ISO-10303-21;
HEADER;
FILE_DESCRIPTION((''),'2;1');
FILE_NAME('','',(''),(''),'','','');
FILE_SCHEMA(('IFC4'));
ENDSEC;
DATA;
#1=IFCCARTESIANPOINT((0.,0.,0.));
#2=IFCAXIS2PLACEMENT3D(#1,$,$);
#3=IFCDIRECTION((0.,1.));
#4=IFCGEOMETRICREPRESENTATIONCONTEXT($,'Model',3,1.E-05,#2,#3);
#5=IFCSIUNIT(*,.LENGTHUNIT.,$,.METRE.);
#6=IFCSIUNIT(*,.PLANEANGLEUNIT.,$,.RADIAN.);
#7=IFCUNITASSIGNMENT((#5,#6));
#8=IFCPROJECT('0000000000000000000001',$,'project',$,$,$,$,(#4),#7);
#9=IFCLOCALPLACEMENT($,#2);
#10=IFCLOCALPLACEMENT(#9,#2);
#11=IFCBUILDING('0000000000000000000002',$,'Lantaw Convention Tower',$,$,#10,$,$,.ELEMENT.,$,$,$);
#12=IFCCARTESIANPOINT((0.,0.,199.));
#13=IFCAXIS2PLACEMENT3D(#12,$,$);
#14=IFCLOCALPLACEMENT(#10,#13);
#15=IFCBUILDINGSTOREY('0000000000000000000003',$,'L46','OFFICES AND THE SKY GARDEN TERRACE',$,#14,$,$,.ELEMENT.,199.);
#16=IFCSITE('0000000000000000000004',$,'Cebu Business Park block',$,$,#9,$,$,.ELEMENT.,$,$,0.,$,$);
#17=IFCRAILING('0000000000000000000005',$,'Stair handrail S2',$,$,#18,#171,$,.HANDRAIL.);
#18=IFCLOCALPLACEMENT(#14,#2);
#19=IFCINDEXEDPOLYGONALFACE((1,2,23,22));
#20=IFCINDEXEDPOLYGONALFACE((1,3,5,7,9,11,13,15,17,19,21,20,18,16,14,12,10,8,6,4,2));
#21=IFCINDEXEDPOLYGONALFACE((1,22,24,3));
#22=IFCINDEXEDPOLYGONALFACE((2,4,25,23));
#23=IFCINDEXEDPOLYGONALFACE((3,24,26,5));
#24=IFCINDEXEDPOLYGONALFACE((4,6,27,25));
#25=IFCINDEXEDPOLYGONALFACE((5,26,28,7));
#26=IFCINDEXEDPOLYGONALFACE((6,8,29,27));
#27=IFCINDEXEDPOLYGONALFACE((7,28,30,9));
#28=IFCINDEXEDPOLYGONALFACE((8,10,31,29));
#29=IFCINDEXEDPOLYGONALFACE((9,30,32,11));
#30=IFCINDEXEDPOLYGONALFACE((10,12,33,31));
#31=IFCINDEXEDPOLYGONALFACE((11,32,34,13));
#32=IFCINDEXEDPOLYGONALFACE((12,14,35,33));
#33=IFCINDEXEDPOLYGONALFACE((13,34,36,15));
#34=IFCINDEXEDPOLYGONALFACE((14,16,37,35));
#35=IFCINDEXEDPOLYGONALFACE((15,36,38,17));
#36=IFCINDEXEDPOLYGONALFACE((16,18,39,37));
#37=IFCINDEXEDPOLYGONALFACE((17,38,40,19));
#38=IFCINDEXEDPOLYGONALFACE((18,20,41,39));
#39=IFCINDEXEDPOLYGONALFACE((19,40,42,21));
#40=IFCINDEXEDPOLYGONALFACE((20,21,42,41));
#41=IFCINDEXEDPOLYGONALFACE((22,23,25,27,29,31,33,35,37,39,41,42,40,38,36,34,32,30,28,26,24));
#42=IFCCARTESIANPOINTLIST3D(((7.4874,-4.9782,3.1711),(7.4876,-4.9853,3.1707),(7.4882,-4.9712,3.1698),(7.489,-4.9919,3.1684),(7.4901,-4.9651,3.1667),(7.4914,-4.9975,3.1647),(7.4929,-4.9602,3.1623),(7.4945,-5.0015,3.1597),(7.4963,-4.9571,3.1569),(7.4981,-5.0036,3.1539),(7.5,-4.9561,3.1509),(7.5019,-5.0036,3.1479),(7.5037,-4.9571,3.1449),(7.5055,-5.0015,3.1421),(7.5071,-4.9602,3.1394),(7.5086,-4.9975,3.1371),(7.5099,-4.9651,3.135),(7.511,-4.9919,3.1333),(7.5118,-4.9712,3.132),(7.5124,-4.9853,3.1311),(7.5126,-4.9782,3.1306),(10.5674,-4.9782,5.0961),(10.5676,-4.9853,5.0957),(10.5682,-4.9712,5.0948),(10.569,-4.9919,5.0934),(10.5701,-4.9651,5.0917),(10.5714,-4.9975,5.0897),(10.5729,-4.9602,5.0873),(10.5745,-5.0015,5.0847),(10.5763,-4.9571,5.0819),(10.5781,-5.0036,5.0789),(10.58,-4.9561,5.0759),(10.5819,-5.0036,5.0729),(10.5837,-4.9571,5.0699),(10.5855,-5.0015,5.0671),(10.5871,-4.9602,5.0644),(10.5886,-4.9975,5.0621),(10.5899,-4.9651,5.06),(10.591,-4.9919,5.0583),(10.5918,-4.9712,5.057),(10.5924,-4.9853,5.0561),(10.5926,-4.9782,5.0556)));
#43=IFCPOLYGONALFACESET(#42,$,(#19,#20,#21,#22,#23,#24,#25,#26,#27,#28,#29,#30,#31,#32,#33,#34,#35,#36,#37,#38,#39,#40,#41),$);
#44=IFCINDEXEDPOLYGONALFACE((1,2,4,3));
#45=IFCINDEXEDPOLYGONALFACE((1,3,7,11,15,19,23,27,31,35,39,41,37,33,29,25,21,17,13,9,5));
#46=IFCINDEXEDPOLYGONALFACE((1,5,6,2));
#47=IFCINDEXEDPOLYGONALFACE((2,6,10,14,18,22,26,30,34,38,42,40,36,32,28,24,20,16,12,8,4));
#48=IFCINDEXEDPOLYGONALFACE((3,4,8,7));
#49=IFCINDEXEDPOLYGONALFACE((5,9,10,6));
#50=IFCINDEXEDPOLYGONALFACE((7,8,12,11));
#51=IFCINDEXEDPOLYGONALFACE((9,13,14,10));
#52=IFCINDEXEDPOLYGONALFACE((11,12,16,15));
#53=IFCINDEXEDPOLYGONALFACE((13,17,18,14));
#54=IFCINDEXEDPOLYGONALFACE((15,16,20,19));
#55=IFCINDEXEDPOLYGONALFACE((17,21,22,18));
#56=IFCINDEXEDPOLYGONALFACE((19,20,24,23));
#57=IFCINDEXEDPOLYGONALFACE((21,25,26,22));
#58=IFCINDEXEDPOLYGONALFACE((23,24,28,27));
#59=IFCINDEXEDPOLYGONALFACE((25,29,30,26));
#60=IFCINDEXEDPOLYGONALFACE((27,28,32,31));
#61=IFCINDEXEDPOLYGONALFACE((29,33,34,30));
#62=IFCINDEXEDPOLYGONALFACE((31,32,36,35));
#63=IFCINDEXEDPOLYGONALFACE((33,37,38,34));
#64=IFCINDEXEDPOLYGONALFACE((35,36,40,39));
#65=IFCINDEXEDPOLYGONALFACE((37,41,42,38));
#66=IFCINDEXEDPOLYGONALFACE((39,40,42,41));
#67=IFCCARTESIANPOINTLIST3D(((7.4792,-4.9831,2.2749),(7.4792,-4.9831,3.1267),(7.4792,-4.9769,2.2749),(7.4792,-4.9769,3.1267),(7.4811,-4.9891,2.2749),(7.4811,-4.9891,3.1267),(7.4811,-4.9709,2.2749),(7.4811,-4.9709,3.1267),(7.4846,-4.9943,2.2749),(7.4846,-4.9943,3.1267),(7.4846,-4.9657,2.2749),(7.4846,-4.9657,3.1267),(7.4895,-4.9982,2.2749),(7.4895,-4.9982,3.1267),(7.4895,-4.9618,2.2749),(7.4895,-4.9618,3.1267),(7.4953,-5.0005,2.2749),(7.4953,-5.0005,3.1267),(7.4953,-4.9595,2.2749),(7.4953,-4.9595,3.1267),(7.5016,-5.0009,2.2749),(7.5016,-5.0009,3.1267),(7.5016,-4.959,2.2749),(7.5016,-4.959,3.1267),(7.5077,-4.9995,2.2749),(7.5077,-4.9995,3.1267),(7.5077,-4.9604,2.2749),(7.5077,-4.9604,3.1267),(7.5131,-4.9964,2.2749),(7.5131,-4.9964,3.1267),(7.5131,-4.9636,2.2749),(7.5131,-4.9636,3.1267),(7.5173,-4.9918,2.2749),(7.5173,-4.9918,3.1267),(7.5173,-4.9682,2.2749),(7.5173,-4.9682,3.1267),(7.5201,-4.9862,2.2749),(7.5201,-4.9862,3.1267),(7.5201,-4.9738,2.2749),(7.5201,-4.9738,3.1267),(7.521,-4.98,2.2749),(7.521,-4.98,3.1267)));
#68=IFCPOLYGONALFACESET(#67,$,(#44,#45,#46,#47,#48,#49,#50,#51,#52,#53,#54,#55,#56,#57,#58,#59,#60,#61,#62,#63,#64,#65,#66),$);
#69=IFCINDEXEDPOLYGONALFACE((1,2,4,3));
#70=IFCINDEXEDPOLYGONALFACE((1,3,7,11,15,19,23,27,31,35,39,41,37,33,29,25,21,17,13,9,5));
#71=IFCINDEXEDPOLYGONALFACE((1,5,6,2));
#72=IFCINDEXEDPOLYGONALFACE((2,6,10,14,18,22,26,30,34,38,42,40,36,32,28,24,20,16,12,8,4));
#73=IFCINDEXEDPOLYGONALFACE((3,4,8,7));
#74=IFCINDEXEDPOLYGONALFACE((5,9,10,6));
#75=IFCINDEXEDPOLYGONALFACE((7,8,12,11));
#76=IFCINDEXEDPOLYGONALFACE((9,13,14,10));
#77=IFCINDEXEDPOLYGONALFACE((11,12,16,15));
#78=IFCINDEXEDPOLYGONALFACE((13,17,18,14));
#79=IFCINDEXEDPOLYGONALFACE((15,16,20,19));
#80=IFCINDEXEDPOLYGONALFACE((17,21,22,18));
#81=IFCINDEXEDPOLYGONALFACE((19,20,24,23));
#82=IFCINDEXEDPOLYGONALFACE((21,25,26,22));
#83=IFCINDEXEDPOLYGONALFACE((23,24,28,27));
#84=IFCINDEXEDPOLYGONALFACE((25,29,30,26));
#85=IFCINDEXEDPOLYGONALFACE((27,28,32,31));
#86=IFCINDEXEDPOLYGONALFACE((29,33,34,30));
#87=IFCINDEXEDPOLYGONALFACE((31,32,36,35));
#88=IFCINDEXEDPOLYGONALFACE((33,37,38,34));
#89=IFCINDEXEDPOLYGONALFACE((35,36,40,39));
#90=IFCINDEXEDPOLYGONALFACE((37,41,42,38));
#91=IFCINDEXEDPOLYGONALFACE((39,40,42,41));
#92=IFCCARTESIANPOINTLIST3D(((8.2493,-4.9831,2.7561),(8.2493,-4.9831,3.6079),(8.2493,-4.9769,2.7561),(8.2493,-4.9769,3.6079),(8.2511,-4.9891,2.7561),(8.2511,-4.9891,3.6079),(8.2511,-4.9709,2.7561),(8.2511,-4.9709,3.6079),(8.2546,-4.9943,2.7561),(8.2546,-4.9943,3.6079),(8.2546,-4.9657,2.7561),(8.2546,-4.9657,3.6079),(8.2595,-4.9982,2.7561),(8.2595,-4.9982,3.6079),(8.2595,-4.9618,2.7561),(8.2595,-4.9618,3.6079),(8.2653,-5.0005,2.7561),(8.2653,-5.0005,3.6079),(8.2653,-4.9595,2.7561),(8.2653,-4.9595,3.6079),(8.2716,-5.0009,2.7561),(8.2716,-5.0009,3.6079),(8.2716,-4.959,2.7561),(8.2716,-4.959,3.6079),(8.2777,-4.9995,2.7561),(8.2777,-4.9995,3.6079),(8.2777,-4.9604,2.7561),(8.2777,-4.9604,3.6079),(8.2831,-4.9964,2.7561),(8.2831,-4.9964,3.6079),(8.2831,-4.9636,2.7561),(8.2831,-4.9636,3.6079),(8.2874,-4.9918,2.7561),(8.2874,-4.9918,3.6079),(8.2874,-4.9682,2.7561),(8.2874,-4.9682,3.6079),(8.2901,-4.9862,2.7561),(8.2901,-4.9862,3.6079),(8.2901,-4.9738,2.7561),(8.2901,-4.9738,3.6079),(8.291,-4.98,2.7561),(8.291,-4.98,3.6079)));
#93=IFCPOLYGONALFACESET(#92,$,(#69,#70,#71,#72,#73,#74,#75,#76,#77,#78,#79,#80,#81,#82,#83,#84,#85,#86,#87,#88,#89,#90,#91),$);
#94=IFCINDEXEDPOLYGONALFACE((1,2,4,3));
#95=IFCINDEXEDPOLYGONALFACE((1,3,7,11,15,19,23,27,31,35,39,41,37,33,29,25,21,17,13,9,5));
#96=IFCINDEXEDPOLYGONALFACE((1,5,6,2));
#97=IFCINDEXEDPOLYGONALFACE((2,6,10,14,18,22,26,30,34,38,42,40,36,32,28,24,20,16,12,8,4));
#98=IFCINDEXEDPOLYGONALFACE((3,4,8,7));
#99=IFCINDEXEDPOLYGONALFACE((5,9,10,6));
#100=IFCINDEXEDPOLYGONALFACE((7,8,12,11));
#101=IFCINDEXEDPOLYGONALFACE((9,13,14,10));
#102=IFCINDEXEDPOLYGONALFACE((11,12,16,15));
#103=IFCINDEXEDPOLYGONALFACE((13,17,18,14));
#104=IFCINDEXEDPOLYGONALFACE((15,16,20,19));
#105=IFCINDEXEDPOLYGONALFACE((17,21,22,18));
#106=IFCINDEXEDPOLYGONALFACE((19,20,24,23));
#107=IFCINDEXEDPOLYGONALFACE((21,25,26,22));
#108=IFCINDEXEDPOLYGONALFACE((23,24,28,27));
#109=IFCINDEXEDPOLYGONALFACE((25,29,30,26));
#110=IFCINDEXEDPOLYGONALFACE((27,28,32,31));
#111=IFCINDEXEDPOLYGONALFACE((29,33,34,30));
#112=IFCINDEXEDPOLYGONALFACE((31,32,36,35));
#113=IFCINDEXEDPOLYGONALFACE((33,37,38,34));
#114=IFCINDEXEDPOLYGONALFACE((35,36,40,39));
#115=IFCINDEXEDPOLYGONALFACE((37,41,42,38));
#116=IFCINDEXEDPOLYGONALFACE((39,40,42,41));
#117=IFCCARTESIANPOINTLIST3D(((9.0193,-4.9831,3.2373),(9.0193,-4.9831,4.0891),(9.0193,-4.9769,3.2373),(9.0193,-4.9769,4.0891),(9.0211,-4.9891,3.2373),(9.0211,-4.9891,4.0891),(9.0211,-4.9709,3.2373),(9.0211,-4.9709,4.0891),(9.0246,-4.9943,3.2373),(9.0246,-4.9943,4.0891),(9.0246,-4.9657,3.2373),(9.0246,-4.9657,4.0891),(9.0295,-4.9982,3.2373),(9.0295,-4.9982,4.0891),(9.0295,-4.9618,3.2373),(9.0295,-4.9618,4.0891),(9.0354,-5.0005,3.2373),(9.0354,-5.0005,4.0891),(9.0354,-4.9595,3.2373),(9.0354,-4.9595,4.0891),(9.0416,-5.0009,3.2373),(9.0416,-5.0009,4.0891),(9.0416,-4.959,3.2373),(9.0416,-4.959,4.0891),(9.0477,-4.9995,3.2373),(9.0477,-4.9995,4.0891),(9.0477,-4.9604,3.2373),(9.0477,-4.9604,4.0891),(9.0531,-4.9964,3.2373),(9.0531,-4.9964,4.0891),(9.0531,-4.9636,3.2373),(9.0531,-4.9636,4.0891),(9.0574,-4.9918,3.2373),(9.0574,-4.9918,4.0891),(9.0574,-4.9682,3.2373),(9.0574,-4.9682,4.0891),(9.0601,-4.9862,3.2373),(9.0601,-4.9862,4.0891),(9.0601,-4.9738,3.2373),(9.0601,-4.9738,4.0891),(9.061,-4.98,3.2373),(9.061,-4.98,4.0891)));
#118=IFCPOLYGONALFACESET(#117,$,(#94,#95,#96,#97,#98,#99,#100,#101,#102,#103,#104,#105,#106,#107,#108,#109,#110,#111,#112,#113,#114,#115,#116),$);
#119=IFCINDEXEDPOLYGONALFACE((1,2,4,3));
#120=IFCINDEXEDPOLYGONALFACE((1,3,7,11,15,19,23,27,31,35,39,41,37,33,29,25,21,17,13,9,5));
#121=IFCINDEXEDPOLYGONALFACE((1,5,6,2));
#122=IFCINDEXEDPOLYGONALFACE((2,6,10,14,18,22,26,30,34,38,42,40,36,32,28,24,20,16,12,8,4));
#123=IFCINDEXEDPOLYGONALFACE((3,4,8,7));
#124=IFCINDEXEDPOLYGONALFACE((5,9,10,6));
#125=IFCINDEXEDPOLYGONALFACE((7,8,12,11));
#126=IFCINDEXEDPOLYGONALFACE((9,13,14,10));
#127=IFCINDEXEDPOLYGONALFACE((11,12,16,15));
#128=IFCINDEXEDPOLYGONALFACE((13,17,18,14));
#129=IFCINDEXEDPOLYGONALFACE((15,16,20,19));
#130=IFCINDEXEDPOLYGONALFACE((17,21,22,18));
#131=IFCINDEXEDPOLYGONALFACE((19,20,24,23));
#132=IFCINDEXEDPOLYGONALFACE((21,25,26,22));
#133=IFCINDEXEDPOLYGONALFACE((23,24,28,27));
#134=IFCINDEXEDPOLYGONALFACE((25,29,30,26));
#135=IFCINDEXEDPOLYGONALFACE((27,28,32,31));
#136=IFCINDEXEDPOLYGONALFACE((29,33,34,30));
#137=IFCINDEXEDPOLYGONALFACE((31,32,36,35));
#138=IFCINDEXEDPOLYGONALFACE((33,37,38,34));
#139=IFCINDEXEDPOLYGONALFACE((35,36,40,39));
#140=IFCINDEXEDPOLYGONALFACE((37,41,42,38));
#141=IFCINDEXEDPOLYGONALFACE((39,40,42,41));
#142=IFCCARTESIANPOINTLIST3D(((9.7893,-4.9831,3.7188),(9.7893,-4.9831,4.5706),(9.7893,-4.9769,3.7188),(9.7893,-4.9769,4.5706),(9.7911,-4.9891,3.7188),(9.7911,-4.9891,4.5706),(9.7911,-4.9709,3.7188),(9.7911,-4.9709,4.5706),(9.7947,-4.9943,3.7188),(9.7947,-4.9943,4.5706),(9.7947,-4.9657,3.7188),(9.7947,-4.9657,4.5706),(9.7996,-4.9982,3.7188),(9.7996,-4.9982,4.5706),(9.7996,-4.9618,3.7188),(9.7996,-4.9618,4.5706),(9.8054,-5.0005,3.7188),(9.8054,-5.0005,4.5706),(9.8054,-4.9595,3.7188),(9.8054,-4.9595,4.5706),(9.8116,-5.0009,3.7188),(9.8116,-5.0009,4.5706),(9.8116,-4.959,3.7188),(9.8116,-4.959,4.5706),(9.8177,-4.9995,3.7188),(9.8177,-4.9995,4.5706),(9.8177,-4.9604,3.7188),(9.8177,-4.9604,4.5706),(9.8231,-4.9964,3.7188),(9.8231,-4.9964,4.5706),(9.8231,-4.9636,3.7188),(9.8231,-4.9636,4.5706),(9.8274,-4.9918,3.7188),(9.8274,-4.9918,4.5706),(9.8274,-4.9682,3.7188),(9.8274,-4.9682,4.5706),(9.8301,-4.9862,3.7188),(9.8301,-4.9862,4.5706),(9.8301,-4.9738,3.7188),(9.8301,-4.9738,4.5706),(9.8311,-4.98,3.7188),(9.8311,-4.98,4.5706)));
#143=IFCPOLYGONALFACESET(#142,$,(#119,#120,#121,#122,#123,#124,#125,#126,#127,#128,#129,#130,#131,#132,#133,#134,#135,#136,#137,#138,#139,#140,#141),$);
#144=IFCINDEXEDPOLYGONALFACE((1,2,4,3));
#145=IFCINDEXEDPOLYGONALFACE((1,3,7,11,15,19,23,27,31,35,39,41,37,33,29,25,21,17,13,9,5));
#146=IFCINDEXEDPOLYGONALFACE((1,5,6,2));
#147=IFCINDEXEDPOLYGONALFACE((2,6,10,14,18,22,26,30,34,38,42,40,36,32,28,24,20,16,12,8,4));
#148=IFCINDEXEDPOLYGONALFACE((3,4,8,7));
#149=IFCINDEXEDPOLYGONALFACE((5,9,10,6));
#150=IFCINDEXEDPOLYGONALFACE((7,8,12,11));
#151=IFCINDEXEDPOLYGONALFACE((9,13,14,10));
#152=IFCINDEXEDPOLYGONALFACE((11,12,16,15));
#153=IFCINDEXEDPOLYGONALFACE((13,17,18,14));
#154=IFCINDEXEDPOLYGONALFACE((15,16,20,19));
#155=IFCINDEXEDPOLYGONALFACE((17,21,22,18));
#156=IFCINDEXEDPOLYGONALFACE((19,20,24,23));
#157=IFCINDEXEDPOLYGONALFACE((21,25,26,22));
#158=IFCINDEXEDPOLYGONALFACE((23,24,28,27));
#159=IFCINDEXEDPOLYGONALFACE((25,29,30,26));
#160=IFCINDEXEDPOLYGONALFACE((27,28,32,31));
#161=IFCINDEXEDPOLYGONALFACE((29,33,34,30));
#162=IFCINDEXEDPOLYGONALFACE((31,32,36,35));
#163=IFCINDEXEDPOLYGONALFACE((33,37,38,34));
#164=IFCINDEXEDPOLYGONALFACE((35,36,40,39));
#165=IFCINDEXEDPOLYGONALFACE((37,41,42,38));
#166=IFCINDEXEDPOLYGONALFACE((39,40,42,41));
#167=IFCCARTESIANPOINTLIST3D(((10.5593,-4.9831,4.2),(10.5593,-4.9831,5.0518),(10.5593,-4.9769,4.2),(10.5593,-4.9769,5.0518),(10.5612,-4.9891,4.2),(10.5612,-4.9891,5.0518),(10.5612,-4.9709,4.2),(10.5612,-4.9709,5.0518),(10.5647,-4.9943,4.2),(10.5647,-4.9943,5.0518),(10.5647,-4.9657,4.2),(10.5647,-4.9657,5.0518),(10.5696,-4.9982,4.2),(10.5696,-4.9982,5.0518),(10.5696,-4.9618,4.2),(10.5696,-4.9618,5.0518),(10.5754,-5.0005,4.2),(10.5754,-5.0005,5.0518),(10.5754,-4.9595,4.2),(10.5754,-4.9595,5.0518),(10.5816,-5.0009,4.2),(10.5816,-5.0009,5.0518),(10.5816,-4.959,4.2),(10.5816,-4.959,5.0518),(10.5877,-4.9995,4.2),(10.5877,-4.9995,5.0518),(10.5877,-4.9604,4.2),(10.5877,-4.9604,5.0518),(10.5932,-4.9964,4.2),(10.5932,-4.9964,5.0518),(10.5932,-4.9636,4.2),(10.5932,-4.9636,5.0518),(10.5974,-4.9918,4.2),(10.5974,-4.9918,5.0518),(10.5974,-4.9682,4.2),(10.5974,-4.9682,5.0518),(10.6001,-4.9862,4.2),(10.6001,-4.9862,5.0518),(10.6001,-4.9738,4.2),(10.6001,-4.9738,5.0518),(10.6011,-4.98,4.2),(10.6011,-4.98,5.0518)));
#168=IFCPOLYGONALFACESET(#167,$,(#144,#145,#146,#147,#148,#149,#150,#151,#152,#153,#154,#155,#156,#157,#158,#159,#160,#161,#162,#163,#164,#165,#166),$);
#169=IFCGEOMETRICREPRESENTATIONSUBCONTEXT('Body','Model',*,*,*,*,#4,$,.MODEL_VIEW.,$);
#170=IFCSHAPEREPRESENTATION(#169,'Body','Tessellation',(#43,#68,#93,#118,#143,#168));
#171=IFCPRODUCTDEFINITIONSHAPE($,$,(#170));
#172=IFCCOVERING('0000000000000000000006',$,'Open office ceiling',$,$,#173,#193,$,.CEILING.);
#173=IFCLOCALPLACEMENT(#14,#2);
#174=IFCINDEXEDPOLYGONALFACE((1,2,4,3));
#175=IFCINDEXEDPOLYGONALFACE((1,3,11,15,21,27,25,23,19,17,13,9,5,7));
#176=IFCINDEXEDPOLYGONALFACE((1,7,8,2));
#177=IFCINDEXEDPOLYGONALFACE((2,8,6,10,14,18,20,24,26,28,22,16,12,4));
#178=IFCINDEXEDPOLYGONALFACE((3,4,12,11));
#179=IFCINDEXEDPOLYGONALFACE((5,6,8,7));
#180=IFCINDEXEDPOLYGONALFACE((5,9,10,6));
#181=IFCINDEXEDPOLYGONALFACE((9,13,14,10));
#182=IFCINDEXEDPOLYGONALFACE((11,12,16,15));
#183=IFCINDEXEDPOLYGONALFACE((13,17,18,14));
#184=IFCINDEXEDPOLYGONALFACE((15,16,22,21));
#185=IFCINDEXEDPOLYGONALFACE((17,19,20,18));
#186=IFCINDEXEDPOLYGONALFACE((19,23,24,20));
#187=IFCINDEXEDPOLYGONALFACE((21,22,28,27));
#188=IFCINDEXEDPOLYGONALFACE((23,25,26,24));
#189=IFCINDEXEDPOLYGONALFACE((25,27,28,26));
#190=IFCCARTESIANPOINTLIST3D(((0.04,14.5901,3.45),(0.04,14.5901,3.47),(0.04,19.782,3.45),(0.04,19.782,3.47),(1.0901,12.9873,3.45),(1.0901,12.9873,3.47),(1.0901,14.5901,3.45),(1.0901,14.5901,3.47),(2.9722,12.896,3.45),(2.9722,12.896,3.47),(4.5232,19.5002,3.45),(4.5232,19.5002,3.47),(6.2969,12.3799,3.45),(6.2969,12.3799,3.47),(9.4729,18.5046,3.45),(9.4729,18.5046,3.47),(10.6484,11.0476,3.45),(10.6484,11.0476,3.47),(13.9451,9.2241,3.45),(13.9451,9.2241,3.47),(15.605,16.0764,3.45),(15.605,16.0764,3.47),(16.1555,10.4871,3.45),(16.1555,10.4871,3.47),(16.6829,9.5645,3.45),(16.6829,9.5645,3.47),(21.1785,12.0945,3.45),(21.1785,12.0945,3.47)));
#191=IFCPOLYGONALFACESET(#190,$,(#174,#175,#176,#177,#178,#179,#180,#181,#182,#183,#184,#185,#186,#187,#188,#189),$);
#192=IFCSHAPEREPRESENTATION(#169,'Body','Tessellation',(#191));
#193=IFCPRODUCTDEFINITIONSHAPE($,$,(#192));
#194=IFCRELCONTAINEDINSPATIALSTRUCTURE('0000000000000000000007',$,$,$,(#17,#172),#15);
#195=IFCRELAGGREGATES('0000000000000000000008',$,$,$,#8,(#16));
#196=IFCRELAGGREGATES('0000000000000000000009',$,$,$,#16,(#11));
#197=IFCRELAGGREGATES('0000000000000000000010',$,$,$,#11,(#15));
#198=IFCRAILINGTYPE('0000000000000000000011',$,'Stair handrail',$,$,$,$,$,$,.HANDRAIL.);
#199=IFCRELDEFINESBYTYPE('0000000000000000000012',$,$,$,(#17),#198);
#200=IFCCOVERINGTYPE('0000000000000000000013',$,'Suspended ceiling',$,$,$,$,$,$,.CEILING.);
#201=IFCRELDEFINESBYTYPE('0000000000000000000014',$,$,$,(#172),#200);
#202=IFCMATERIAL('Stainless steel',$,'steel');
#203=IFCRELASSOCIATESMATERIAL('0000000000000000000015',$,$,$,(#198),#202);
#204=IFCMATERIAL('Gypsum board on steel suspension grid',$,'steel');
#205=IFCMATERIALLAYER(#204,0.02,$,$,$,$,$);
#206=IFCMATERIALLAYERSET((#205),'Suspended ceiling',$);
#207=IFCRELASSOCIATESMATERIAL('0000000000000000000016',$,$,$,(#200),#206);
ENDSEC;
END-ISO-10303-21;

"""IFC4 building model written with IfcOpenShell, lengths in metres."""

from ifc_helpers import new_model, si_unit, direction, frame, origin, origin_2d, place, context, subcontext, project, spatial, polyline, circle, outline, extrude, material, layer, layer_set, type_object, element, save


model = new_model("IFC4")

# Units and contexts
model_context = context("Model", 3, precision=1e-05, world=origin(), true_north=direction((0.0, 1.0)))
body_context = subcontext(model_context, "Body", "Model", "MODEL_VIEW")
ifc_project = project(units=[si_unit("LENGTHUNIT", "METRE"), si_unit("PLANEANGLEUNIT", "RADIAN")], contexts=[model_context])

# Site, building, storey
site_placement = place(None, origin())
site = spatial("IfcSite", under=ifc_project, at=site_placement, Name="Cebu Business Park block", CompositionType="ELEMENT", RefElevation=0.0)
building_placement = place(site_placement, origin())
building = spatial("IfcBuilding", under=site, at=building_placement, Name="Lantaw Convention Tower", CompositionType="ELEMENT")
storey_placement = place(building_placement, frame((0.0, 0.0, 199.0)))
storey = spatial("IfcBuildingStorey", under=building, at=storey_placement, Name="L46", Description="OFFICES AND THE SKY GARDEN TERRACE", CompositionType="ELEMENT", Elevation=199.0)

# Railing
ifc_material_1 = material(Name="Stainless steel", Category="steel")
railing_type = type_object("IfcRailingType", Name="Stair handrail", PredefinedType="HANDRAIL", material=ifc_material_1)
railing_1_placement = place(storey_placement, frame((7.5, -4.98, 2.2749)))
element("IfcRailing", 1, at=railing_1_placement, inside=storey, type_object=railing_type, Name="Stair handrail S2", PredefinedType="HANDRAIL", context=body_context, shape_type="SweptSolid", body=[
    extrude(circle(Radius=0.0239, at=origin_2d()), frame((0.0, 0.0, 0.876), z_axis=(0.847998, 0.0, 0.529999), x_axis=(0.0, 1.0, 0.0)), (0.0, 0.0, 1.0), 3.6321),
    extrude(circle(Radius=0.021, at=origin_2d()), origin(), (0.0, 0.0, 1.0), 0.8518),
    extrude(circle(Radius=0.021, at=origin_2d()), frame((0.77, 0.0, 0.4812)), (0.0, 0.0, 1.0), 0.8518),
    extrude(circle(Radius=0.021, at=origin_2d()), frame((1.54, 0.0, 0.9624)), (0.0, 0.0, 1.0), 0.8518),
    extrude(circle(Radius=0.021, at=origin_2d()), frame((2.3101, 0.0, 1.4438)), (0.0, 0.0, 1.0), 0.8518),
    extrude(circle(Radius=0.021, at=origin_2d()), frame((3.0801, 0.0, 1.925)), (0.0, 0.0, 1.0), 0.8518),
])

# Covering
ifc_material_2 = material(Name="Gypsum board on steel suspension grid", Category="steel")
ifc_layer_1 = layer(ifc_material_2, 0.02)
ifc_layer_set_1 = layer_set([ifc_layer_1], Name="Suspended ceiling")
covering_type = type_object("IfcCoveringType", Name="Suspended ceiling", PredefinedType="CEILING", material=ifc_layer_set_1)
covering_1_placement = place(storey_placement, frame((0.0, 0.0, 3.45)))
element("IfcCovering", 2, at=covering_1_placement, inside=storey, type_object=covering_type, Name="Open office ceiling", PredefinedType="CEILING", context=body_context, shape_type="SweptSolid", body=[
    extrude(outline(polyline([(10.6484, 11.0476), (13.9451, 9.2241), (16.1555, 10.4871), (16.6829, 9.5645), (21.1785, 12.0945), (15.605, 16.0764), (9.4729, 18.5046), (4.5232, 19.5002), (0.04, 19.782), (0.04, 14.5901), (1.0901, 14.5901), (1.0901, 12.9873), (2.9722, 12.896), (6.2969, 12.3799), (10.6484, 11.0476)])), origin(), (0.0, 0.0, 1.0), 0.02),
])

save(model, "model.ifc")
